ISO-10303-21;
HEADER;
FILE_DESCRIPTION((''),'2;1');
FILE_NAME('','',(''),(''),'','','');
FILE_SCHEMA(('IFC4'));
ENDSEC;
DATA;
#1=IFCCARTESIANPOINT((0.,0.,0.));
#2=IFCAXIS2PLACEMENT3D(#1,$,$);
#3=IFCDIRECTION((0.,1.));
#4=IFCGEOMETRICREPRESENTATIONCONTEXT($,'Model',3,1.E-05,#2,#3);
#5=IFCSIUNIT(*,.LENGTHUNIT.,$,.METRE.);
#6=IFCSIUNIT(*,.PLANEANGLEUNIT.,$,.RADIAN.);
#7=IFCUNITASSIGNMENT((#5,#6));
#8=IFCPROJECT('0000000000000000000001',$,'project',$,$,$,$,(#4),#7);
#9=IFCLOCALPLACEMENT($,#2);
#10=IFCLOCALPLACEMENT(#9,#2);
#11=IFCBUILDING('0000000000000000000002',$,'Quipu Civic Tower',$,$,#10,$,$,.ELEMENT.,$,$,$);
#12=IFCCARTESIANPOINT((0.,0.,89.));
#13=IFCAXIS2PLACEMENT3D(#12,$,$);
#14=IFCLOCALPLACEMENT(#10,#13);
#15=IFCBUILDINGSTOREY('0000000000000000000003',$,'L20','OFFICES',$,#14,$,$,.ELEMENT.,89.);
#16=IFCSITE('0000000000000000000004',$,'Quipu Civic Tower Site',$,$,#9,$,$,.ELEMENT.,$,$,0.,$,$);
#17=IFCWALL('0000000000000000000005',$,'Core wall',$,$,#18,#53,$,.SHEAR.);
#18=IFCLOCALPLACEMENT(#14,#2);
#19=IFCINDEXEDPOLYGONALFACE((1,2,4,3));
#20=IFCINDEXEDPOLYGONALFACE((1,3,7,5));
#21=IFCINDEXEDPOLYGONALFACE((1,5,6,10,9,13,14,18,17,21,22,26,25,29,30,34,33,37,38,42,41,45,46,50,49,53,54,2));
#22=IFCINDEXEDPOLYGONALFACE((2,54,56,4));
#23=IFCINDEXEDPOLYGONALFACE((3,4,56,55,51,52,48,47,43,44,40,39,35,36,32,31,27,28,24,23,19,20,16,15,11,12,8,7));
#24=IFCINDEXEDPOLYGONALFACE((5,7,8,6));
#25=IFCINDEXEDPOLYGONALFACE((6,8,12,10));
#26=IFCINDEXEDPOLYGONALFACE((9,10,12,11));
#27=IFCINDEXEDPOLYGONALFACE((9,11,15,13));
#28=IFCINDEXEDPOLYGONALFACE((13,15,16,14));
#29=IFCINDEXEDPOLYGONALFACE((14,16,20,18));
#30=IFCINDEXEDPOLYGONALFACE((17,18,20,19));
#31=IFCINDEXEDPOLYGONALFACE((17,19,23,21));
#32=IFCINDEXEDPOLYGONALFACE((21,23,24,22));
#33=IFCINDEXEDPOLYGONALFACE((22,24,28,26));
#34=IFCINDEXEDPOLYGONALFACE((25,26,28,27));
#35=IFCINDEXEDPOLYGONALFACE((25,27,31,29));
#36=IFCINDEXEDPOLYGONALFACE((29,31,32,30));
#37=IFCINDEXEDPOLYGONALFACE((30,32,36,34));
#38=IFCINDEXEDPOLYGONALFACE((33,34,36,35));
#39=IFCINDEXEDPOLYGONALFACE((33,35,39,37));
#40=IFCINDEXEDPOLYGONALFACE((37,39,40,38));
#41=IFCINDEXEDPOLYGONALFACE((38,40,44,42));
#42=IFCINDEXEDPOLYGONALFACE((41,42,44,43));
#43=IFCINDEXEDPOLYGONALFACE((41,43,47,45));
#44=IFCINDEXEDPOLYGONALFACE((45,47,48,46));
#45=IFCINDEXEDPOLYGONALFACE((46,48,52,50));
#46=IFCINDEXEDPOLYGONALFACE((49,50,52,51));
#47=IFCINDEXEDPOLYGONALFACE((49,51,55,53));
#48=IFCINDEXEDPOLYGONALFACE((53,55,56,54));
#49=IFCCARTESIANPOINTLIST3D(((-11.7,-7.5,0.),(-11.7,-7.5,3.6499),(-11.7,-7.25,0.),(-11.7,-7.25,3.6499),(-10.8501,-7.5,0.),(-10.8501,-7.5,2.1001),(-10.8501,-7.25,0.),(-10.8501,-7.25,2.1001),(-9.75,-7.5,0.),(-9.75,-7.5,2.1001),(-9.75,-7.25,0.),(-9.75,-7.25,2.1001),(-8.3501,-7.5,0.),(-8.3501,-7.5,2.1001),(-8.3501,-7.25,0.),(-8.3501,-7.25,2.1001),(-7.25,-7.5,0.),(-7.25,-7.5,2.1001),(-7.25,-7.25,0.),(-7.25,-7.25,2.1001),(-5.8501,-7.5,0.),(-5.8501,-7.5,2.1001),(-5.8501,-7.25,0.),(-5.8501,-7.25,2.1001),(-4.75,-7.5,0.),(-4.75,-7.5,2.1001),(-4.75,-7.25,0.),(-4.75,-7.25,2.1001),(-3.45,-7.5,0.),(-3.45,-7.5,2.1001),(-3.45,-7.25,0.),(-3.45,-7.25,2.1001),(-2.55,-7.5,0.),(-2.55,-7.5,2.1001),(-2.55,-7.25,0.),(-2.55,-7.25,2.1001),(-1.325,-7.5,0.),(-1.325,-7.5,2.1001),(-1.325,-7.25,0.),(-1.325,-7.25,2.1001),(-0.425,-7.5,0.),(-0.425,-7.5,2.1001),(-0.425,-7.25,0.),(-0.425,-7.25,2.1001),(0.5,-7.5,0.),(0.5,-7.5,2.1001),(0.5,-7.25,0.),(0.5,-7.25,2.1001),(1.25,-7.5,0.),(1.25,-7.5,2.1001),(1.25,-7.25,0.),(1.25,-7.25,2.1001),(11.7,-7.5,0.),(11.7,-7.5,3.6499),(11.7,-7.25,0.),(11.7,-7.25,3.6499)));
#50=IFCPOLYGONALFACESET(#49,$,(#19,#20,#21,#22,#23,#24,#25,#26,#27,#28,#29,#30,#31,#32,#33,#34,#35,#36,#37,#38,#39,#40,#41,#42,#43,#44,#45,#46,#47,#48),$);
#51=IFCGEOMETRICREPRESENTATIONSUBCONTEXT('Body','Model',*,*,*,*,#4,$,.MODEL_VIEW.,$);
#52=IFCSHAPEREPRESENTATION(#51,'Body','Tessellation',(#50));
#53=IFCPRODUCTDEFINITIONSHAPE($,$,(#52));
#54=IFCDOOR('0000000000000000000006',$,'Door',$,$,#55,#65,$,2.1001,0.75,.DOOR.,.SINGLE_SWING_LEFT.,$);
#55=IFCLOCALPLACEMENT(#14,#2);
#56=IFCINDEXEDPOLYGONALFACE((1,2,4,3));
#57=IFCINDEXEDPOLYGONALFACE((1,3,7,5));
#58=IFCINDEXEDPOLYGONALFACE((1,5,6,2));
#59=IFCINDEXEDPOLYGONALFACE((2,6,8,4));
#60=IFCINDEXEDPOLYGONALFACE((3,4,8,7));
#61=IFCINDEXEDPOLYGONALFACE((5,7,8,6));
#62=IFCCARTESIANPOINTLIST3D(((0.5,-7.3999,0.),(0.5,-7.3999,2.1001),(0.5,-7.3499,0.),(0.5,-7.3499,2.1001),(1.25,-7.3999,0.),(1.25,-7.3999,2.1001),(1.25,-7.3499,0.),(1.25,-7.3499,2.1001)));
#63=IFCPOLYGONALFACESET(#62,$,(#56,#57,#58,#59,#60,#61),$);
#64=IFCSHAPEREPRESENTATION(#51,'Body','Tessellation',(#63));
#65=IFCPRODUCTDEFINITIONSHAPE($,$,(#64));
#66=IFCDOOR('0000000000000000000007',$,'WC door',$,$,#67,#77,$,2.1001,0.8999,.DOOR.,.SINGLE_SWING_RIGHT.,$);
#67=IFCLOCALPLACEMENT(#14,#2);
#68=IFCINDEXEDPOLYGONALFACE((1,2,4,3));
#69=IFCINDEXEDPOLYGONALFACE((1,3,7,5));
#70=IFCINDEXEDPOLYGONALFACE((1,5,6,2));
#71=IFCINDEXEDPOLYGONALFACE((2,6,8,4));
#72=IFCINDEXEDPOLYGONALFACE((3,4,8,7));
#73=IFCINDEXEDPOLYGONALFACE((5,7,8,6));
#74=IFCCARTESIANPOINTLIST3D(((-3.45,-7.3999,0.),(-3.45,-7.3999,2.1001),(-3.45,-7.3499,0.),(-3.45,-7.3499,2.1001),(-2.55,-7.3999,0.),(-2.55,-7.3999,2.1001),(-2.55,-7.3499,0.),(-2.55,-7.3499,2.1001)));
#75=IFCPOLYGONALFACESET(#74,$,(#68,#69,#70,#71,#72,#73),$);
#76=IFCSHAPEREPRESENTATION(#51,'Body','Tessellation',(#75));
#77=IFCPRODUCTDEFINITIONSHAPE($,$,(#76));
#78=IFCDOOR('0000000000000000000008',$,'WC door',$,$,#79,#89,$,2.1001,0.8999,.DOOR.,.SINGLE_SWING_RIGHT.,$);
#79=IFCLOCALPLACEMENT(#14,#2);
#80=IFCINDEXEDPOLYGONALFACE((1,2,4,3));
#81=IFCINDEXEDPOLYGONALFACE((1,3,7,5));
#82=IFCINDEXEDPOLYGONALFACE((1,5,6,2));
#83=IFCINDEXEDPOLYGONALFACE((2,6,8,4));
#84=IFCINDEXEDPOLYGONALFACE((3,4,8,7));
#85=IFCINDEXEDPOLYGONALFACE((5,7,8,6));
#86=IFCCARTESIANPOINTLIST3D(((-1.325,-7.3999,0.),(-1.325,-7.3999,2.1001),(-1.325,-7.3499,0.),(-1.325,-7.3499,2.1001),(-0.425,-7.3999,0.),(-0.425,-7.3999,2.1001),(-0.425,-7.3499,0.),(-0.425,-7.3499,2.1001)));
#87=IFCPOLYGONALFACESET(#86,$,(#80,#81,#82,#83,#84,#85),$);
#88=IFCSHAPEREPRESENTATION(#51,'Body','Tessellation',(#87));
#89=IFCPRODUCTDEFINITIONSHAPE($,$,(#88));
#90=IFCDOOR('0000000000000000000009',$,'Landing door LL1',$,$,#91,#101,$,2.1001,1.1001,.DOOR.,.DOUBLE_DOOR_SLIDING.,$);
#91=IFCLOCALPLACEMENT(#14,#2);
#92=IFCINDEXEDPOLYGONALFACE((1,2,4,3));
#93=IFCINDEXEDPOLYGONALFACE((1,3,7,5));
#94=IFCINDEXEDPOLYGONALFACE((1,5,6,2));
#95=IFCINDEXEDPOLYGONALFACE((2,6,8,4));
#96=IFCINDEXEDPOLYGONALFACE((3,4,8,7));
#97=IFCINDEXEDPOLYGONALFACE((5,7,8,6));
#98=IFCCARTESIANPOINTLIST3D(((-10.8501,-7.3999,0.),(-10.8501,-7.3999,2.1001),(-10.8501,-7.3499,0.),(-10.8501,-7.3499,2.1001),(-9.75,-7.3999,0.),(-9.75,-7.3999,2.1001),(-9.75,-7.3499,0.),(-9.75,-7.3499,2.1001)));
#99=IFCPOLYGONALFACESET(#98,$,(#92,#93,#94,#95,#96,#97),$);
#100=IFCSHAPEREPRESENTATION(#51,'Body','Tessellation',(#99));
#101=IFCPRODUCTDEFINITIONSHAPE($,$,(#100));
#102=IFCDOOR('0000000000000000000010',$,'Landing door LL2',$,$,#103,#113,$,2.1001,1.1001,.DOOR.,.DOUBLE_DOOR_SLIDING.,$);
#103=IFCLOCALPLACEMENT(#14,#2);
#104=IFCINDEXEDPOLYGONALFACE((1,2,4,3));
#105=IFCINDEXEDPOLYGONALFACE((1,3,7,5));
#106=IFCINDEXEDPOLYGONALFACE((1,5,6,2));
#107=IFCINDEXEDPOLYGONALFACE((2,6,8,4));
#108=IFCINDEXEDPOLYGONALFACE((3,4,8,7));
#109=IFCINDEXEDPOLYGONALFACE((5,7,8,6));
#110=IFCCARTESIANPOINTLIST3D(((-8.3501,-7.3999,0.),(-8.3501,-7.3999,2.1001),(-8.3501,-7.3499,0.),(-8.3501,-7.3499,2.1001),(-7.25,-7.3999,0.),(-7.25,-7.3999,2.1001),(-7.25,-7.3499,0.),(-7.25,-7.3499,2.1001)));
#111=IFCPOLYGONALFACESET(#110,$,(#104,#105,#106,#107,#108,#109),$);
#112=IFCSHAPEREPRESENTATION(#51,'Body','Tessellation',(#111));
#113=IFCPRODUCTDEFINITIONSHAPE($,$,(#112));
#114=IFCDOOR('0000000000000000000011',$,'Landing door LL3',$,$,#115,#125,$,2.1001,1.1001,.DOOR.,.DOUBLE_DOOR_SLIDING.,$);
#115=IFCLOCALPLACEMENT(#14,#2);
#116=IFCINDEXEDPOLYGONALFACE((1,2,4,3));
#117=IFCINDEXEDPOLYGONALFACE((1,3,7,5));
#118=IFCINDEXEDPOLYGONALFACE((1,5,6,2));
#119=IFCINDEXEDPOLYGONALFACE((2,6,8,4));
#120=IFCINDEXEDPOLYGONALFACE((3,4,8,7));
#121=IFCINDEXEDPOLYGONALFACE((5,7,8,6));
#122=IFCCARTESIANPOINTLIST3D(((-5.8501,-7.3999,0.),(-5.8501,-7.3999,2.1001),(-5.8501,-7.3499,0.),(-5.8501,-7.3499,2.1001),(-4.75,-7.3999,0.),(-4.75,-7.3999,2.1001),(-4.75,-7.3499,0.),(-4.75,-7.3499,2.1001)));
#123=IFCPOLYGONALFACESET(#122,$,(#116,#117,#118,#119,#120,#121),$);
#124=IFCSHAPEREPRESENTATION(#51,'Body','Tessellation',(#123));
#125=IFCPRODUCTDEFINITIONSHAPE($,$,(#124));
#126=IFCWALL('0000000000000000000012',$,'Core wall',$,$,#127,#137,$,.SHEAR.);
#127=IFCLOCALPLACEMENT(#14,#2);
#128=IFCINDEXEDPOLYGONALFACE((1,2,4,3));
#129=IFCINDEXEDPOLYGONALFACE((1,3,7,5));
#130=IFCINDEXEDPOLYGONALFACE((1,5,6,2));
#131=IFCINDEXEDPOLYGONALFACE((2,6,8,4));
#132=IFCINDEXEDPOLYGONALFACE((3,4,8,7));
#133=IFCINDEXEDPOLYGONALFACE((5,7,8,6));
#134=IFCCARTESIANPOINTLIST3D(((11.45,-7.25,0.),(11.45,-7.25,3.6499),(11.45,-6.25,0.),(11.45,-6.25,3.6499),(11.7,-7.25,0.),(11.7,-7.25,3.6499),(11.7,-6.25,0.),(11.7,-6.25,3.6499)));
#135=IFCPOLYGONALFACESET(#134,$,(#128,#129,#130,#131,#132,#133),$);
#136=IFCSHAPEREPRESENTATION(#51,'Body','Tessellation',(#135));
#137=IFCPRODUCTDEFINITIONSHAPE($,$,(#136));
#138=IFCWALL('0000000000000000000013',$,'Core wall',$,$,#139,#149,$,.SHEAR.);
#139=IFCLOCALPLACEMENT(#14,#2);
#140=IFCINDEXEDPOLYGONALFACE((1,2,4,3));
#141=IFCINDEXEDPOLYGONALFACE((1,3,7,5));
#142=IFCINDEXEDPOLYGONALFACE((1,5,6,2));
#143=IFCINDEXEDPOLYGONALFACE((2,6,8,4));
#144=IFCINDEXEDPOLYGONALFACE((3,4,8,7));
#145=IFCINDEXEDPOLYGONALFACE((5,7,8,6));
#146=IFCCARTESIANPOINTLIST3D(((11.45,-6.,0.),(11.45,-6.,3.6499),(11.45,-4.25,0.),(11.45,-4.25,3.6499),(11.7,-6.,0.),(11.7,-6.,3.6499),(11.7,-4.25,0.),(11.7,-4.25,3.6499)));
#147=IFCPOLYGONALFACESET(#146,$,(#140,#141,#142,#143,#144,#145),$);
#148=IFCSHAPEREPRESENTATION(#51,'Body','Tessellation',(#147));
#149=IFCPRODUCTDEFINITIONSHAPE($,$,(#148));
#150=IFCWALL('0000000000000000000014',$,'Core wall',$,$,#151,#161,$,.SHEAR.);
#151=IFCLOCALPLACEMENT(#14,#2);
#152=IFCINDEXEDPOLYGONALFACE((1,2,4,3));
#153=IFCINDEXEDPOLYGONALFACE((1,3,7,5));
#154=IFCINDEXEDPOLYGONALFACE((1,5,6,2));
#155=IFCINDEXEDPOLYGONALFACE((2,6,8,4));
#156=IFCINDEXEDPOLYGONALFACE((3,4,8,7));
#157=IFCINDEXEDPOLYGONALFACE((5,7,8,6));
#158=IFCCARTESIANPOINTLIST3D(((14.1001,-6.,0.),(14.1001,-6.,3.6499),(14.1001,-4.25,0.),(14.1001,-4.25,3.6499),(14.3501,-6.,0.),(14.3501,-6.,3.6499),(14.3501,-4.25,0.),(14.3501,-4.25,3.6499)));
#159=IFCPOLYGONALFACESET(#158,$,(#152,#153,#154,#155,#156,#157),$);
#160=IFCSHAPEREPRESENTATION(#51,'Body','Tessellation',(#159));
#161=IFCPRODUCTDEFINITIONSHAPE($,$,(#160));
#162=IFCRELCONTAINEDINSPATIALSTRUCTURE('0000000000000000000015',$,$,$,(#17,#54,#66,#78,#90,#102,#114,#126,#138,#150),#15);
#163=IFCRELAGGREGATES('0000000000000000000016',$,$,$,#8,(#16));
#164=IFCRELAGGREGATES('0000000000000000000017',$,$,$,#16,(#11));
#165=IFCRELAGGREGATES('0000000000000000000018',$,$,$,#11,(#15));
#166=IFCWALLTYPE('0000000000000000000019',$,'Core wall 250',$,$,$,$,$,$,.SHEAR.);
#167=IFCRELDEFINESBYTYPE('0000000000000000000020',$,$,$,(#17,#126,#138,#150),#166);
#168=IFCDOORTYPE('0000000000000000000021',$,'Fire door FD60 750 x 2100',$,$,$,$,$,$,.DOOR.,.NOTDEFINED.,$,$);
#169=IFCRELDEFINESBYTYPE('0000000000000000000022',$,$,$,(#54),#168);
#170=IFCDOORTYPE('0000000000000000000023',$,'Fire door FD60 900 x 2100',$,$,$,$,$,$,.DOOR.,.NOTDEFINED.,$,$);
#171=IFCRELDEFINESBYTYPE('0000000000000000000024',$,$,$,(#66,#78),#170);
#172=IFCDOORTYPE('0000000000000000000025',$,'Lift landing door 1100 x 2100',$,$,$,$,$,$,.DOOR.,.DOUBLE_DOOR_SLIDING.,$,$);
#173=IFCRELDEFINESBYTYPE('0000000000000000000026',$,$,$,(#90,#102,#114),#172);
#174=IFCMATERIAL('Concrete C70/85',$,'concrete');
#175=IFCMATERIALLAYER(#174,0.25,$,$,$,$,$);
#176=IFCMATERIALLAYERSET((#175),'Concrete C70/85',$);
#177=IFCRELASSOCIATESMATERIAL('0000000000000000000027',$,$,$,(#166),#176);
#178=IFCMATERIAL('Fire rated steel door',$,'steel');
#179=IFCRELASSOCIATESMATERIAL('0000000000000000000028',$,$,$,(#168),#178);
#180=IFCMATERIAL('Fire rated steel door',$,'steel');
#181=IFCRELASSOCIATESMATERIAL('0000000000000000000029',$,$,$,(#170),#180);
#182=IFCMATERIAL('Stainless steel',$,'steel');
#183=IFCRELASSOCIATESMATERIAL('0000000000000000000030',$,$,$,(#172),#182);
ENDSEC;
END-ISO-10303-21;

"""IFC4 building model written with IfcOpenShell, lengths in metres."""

from ifc_helpers import new_model, si_unit, direction, frame, frame_2d, origin, place, context, subcontext, project, spatial, rectangle, extrude, material, layer, layer_set, type_object, element, fill, save


model = new_model("IFC4")

# Units and contexts
model_context = context("Model", 3, precision=1e-05, world=origin(), true_north=direction((0.0, 1.0)))
body_context = subcontext(model_context, "Body", "Model", "MODEL_VIEW")
ifc_project = project(units=[si_unit("LENGTHUNIT", "METRE"), si_unit("PLANEANGLEUNIT", "RADIAN")], contexts=[model_context])

# Site, building, storey
site_placement = place(None, origin())
site = spatial("IfcSite", under=ifc_project, at=site_placement, Name="Quipu Civic Tower Site", CompositionType="ELEMENT", RefElevation=0.0)
building_placement = place(site_placement, origin())
building = spatial("IfcBuilding", under=site, at=building_placement, Name="Quipu Civic Tower", CompositionType="ELEMENT")
storey_placement = place(building_placement, frame((0.0, 0.0, 89.0)))
storey = spatial("IfcBuildingStorey", under=building, at=storey_placement, Name="L20", Description="OFFICES", CompositionType="ELEMENT", Elevation=89.0)

# Shared definitions
ifc_material_1 = material(Name="Concrete C70/85", Category="concrete")
ifc_layer_1 = layer(ifc_material_1, 0.25)
ifc_layer_set_1 = layer_set([ifc_layer_1], Name="Concrete C70/85")
wall_type_1 = type_object("IfcWallType", Name="Core wall 250", PredefinedType="SHEAR", material=ifc_layer_set_1)

# Wall, openings, doors
wall_1_placement = place(storey_placement, frame((11.7, -7.375, 0.0), z_axis=(0.0, 0.0, 1.0), x_axis=(-1.0, 0.0, 0.0)))
wall_1 = element("IfcWall", 1, at=wall_1_placement, inside=storey, type_object=wall_type_1, Name="Core wall", PredefinedType="SHEAR", context=body_context, shape_type="SweptSolid", body=[
    extrude(rectangle(XDim=23.3999, YDim=0.25, at=frame_2d((11.7, 0.0))), origin(), (0.0, 0.0, 1.0), 3.6499),
])
opening_1_placement = place(wall_1_placement, frame((21.45, 0.0, 0.0)))
opening_1 = element("IfcOpeningElement", 2, at=opening_1_placement, cuts=wall_1, PredefinedType="OPENING", context=body_context, shape_type="SweptSolid", body=[
    extrude(rectangle(XDim=1.1001, YDim=2.1001, at=frame_2d((0.55, 1.05))), frame((0.0, 0.135, 0.0), z_axis=(0.0, -1.0, 0.0), x_axis=(1.0, 0.0, 0.0)), (0.0, 0.0, 1.0), 0.27),
])
opening_2_placement = place(wall_1_placement, frame((18.95, 0.0, 0.0)))
opening_2 = element("IfcOpeningElement", 3, at=opening_2_placement, cuts=wall_1, PredefinedType="OPENING", context=body_context, shape_type="SweptSolid", body=[
    extrude(rectangle(XDim=1.1001, YDim=2.1001, at=frame_2d((0.55, 1.05))), frame((0.0, 0.135, 0.0), z_axis=(0.0, -1.0, 0.0), x_axis=(1.0, 0.0, 0.0)), (0.0, 0.0, 1.0), 0.27),
])
opening_3_placement = place(wall_1_placement, frame((16.45, 0.0, 0.0)))
opening_3 = element("IfcOpeningElement", 4, at=opening_3_placement, cuts=wall_1, PredefinedType="OPENING", context=body_context, shape_type="SweptSolid", body=[
    extrude(rectangle(XDim=1.1001, YDim=2.1001, at=frame_2d((0.55, 1.05))), frame((0.0, 0.135, 0.0), z_axis=(0.0, -1.0, 0.0), x_axis=(1.0, 0.0, 0.0)), (0.0, 0.0, 1.0), 0.27),
])
opening_4_placement = place(wall_1_placement, frame((14.25, 0.0, 0.0)))
opening_4 = element("IfcOpeningElement", 5, at=opening_4_placement, cuts=wall_1, PredefinedType="OPENING", context=body_context, shape_type="SweptSolid", body=[
    extrude(rectangle(XDim=0.8999, YDim=2.1001, at=frame_2d((0.45, 1.05))), frame((0.0, 0.135, 0.0), z_axis=(0.0, -1.0, 0.0), x_axis=(1.0, 0.0, 0.0)), (0.0, 0.0, 1.0), 0.27),
])
opening_5_placement = place(wall_1_placement, frame((12.125, 0.0, 0.0)))
opening_5 = element("IfcOpeningElement", 6, at=opening_5_placement, cuts=wall_1, PredefinedType="OPENING", context=body_context, shape_type="SweptSolid", body=[
    extrude(rectangle(XDim=0.8999, YDim=2.1001, at=frame_2d((0.45, 1.05))), frame((0.0, 0.135, 0.0), z_axis=(0.0, -1.0, 0.0), x_axis=(1.0, 0.0, 0.0)), (0.0, 0.0, 1.0), 0.27),
])
opening_6_placement = place(wall_1_placement, frame((10.45, 0.0, 0.0)))
opening_6 = element("IfcOpeningElement", 7, at=opening_6_placement, cuts=wall_1, PredefinedType="OPENING", context=body_context, shape_type="SweptSolid", body=[
    extrude(rectangle(XDim=0.75, YDim=2.1001, at=frame_2d((0.375, 1.05))), frame((0.0, 0.135, 0.0), z_axis=(0.0, -1.0, 0.0), x_axis=(1.0, 0.0, 0.0)), (0.0, 0.0, 1.0), 0.27),
])
ifc_material_2 = material(Name="Fire rated steel door", Category="steel")
door_type_1 = type_object("IfcDoorType", Name="Fire door FD60 750 x 2100", OperationType="NOTDEFINED", PredefinedType="DOOR", material=ifc_material_2)
door_1_placement = place(opening_6_placement, origin())
door_1 = element("IfcDoor", 8, at=door_1_placement, inside=storey, type_object=door_type_1, Name="Door", OperationType="SINGLE_SWING_LEFT", OverallHeight=2.1001, OverallWidth=0.75, PredefinedType="DOOR", context=body_context, shape_type="SweptSolid", body=[
    extrude(rectangle(XDim=0.75, YDim=2.1001, at=frame_2d((0.375, 1.05))), frame((0.0, 0.0249, 0.0), z_axis=(0.0, -1.0, 0.0), x_axis=(1.0, 0.0, 0.0)), (0.0, 0.0, 1.0), 0.05),
])
fill(opening_6, door_1)
ifc_material_3 = material(Name="Fire rated steel door", Category="steel")
door_type_2 = type_object("IfcDoorType", Name="Fire door FD60 900 x 2100", OperationType="NOTDEFINED", PredefinedType="DOOR", material=ifc_material_3)
door_2_placement = place(opening_4_placement, origin())
door_2 = element("IfcDoor", 9, at=door_2_placement, inside=storey, type_object=door_type_2, Name="WC door", OperationType="SINGLE_SWING_RIGHT", OverallHeight=2.1001, OverallWidth=0.8999, PredefinedType="DOOR", context=body_context, shape_type="SweptSolid", body=[
    extrude(rectangle(XDim=0.8999, YDim=2.1001, at=frame_2d((0.45, 1.05))), frame((0.0, 0.0249, 0.0), z_axis=(0.0, -1.0, 0.0), x_axis=(1.0, 0.0, 0.0)), (0.0, 0.0, 1.0), 0.05),
])
fill(opening_4, door_2)
door_3_placement = place(opening_5_placement, origin())
door_3 = element("IfcDoor", 10, at=door_3_placement, inside=storey, type_object=door_type_2, Name="WC door", OperationType="SINGLE_SWING_RIGHT", OverallHeight=2.1001, OverallWidth=0.8999, PredefinedType="DOOR", context=body_context, shape_type="SweptSolid", body=[
    extrude(rectangle(XDim=0.8999, YDim=2.1001, at=frame_2d((0.45, 1.05))), frame((0.0, 0.0249, 0.0), z_axis=(0.0, -1.0, 0.0), x_axis=(1.0, 0.0, 0.0)), (0.0, 0.0, 1.0), 0.05),
])
fill(opening_5, door_3)
ifc_material_4 = material(Name="Stainless steel", Category="steel")
door_type_3 = type_object("IfcDoorType", Name="Lift landing door 1100 x 2100", OperationType="DOUBLE_DOOR_SLIDING", PredefinedType="DOOR", material=ifc_material_4)
door_4_placement = place(opening_1_placement, origin())
door_4 = element("IfcDoor", 11, at=door_4_placement, inside=storey, type_object=door_type_3, Name="Landing door LL1", OperationType="DOUBLE_DOOR_SLIDING", OverallHeight=2.1001, OverallWidth=1.1001, PredefinedType="DOOR", context=body_context, shape_type="SweptSolid", body=[
    extrude(rectangle(XDim=1.1001, YDim=2.1001, at=frame_2d((0.55, 1.05))), frame((0.0, 0.0249, 0.0), z_axis=(0.0, -1.0, 0.0), x_axis=(1.0, 0.0, 0.0)), (0.0, 0.0, 1.0), 0.05),
])
fill(opening_1, door_4)
door_5_placement = place(opening_2_placement, origin())
door_5 = element("IfcDoor", 12, at=door_5_placement, inside=storey, type_object=door_type_3, Name="Landing door LL2", OperationType="DOUBLE_DOOR_SLIDING", OverallHeight=2.1001, OverallWidth=1.1001, PredefinedType="DOOR", context=body_context, shape_type="SweptSolid", body=[
    extrude(rectangle(XDim=1.1001, YDim=2.1001, at=frame_2d((0.55, 1.05))), frame((0.0, 0.0249, 0.0), z_axis=(0.0, -1.0, 0.0), x_axis=(1.0, 0.0, 0.0)), (0.0, 0.0, 1.0), 0.05),
])
fill(opening_2, door_5)
door_6_placement = place(opening_3_placement, origin())
door_6 = element("IfcDoor", 13, at=door_6_placement, inside=storey, type_object=door_type_3, Name="Landing door LL3", OperationType="DOUBLE_DOOR_SLIDING", OverallHeight=2.1001, OverallWidth=1.1001, PredefinedType="DOOR", context=body_context, shape_type="SweptSolid", body=[
    extrude(rectangle(XDim=1.1001, YDim=2.1001, at=frame_2d((0.55, 1.05))), frame((0.0, 0.0249, 0.0), z_axis=(0.0, -1.0, 0.0), x_axis=(1.0, 0.0, 0.0)), (0.0, 0.0, 1.0), 0.05),
])
fill(opening_3, door_6)

# Walls
wall_2_placement = place(storey_placement, frame((11.575, -7.25, 0.0), z_axis=(0.0, 0.0, 1.0), x_axis=(0.0, 1.0, 0.0)))
element("IfcWall", 14, at=wall_2_placement, inside=storey, type_object=wall_type_1, Name="Core wall", PredefinedType="SHEAR", context=body_context, shape_type="SweptSolid", body=[
    extrude(rectangle(XDim=1.0, YDim=0.25, at=frame_2d((0.5, 0.0))), origin(), (0.0, 0.0, 1.0), 3.6499),
])
for number, where, z_axis, x_axis, name in (
    (15, (11.575, -6.0, 0.0), (0.0, 0.0, 1.0), (0.0, 1.0, 0.0), "Core wall"),
    (16, (14.2251, -6.0, 0.0), (0.0, 0.0, 1.0), (0.0, 1.0, 0.0), "Core wall"),
):
    element("IfcWall", number, at=place(storey_placement, frame(where, z_axis=z_axis, x_axis=x_axis)), inside=storey, type_object=wall_type_1, Name=name, PredefinedType="SHEAR", context=body_context, shape_type="SweptSolid", body=[
        extrude(rectangle(XDim=1.75, YDim=0.25, at=frame_2d((0.875, 0.0))), origin(), (0.0, 0.0, 1.0), 3.6499),
    ])

save(model, "model.ifc")
